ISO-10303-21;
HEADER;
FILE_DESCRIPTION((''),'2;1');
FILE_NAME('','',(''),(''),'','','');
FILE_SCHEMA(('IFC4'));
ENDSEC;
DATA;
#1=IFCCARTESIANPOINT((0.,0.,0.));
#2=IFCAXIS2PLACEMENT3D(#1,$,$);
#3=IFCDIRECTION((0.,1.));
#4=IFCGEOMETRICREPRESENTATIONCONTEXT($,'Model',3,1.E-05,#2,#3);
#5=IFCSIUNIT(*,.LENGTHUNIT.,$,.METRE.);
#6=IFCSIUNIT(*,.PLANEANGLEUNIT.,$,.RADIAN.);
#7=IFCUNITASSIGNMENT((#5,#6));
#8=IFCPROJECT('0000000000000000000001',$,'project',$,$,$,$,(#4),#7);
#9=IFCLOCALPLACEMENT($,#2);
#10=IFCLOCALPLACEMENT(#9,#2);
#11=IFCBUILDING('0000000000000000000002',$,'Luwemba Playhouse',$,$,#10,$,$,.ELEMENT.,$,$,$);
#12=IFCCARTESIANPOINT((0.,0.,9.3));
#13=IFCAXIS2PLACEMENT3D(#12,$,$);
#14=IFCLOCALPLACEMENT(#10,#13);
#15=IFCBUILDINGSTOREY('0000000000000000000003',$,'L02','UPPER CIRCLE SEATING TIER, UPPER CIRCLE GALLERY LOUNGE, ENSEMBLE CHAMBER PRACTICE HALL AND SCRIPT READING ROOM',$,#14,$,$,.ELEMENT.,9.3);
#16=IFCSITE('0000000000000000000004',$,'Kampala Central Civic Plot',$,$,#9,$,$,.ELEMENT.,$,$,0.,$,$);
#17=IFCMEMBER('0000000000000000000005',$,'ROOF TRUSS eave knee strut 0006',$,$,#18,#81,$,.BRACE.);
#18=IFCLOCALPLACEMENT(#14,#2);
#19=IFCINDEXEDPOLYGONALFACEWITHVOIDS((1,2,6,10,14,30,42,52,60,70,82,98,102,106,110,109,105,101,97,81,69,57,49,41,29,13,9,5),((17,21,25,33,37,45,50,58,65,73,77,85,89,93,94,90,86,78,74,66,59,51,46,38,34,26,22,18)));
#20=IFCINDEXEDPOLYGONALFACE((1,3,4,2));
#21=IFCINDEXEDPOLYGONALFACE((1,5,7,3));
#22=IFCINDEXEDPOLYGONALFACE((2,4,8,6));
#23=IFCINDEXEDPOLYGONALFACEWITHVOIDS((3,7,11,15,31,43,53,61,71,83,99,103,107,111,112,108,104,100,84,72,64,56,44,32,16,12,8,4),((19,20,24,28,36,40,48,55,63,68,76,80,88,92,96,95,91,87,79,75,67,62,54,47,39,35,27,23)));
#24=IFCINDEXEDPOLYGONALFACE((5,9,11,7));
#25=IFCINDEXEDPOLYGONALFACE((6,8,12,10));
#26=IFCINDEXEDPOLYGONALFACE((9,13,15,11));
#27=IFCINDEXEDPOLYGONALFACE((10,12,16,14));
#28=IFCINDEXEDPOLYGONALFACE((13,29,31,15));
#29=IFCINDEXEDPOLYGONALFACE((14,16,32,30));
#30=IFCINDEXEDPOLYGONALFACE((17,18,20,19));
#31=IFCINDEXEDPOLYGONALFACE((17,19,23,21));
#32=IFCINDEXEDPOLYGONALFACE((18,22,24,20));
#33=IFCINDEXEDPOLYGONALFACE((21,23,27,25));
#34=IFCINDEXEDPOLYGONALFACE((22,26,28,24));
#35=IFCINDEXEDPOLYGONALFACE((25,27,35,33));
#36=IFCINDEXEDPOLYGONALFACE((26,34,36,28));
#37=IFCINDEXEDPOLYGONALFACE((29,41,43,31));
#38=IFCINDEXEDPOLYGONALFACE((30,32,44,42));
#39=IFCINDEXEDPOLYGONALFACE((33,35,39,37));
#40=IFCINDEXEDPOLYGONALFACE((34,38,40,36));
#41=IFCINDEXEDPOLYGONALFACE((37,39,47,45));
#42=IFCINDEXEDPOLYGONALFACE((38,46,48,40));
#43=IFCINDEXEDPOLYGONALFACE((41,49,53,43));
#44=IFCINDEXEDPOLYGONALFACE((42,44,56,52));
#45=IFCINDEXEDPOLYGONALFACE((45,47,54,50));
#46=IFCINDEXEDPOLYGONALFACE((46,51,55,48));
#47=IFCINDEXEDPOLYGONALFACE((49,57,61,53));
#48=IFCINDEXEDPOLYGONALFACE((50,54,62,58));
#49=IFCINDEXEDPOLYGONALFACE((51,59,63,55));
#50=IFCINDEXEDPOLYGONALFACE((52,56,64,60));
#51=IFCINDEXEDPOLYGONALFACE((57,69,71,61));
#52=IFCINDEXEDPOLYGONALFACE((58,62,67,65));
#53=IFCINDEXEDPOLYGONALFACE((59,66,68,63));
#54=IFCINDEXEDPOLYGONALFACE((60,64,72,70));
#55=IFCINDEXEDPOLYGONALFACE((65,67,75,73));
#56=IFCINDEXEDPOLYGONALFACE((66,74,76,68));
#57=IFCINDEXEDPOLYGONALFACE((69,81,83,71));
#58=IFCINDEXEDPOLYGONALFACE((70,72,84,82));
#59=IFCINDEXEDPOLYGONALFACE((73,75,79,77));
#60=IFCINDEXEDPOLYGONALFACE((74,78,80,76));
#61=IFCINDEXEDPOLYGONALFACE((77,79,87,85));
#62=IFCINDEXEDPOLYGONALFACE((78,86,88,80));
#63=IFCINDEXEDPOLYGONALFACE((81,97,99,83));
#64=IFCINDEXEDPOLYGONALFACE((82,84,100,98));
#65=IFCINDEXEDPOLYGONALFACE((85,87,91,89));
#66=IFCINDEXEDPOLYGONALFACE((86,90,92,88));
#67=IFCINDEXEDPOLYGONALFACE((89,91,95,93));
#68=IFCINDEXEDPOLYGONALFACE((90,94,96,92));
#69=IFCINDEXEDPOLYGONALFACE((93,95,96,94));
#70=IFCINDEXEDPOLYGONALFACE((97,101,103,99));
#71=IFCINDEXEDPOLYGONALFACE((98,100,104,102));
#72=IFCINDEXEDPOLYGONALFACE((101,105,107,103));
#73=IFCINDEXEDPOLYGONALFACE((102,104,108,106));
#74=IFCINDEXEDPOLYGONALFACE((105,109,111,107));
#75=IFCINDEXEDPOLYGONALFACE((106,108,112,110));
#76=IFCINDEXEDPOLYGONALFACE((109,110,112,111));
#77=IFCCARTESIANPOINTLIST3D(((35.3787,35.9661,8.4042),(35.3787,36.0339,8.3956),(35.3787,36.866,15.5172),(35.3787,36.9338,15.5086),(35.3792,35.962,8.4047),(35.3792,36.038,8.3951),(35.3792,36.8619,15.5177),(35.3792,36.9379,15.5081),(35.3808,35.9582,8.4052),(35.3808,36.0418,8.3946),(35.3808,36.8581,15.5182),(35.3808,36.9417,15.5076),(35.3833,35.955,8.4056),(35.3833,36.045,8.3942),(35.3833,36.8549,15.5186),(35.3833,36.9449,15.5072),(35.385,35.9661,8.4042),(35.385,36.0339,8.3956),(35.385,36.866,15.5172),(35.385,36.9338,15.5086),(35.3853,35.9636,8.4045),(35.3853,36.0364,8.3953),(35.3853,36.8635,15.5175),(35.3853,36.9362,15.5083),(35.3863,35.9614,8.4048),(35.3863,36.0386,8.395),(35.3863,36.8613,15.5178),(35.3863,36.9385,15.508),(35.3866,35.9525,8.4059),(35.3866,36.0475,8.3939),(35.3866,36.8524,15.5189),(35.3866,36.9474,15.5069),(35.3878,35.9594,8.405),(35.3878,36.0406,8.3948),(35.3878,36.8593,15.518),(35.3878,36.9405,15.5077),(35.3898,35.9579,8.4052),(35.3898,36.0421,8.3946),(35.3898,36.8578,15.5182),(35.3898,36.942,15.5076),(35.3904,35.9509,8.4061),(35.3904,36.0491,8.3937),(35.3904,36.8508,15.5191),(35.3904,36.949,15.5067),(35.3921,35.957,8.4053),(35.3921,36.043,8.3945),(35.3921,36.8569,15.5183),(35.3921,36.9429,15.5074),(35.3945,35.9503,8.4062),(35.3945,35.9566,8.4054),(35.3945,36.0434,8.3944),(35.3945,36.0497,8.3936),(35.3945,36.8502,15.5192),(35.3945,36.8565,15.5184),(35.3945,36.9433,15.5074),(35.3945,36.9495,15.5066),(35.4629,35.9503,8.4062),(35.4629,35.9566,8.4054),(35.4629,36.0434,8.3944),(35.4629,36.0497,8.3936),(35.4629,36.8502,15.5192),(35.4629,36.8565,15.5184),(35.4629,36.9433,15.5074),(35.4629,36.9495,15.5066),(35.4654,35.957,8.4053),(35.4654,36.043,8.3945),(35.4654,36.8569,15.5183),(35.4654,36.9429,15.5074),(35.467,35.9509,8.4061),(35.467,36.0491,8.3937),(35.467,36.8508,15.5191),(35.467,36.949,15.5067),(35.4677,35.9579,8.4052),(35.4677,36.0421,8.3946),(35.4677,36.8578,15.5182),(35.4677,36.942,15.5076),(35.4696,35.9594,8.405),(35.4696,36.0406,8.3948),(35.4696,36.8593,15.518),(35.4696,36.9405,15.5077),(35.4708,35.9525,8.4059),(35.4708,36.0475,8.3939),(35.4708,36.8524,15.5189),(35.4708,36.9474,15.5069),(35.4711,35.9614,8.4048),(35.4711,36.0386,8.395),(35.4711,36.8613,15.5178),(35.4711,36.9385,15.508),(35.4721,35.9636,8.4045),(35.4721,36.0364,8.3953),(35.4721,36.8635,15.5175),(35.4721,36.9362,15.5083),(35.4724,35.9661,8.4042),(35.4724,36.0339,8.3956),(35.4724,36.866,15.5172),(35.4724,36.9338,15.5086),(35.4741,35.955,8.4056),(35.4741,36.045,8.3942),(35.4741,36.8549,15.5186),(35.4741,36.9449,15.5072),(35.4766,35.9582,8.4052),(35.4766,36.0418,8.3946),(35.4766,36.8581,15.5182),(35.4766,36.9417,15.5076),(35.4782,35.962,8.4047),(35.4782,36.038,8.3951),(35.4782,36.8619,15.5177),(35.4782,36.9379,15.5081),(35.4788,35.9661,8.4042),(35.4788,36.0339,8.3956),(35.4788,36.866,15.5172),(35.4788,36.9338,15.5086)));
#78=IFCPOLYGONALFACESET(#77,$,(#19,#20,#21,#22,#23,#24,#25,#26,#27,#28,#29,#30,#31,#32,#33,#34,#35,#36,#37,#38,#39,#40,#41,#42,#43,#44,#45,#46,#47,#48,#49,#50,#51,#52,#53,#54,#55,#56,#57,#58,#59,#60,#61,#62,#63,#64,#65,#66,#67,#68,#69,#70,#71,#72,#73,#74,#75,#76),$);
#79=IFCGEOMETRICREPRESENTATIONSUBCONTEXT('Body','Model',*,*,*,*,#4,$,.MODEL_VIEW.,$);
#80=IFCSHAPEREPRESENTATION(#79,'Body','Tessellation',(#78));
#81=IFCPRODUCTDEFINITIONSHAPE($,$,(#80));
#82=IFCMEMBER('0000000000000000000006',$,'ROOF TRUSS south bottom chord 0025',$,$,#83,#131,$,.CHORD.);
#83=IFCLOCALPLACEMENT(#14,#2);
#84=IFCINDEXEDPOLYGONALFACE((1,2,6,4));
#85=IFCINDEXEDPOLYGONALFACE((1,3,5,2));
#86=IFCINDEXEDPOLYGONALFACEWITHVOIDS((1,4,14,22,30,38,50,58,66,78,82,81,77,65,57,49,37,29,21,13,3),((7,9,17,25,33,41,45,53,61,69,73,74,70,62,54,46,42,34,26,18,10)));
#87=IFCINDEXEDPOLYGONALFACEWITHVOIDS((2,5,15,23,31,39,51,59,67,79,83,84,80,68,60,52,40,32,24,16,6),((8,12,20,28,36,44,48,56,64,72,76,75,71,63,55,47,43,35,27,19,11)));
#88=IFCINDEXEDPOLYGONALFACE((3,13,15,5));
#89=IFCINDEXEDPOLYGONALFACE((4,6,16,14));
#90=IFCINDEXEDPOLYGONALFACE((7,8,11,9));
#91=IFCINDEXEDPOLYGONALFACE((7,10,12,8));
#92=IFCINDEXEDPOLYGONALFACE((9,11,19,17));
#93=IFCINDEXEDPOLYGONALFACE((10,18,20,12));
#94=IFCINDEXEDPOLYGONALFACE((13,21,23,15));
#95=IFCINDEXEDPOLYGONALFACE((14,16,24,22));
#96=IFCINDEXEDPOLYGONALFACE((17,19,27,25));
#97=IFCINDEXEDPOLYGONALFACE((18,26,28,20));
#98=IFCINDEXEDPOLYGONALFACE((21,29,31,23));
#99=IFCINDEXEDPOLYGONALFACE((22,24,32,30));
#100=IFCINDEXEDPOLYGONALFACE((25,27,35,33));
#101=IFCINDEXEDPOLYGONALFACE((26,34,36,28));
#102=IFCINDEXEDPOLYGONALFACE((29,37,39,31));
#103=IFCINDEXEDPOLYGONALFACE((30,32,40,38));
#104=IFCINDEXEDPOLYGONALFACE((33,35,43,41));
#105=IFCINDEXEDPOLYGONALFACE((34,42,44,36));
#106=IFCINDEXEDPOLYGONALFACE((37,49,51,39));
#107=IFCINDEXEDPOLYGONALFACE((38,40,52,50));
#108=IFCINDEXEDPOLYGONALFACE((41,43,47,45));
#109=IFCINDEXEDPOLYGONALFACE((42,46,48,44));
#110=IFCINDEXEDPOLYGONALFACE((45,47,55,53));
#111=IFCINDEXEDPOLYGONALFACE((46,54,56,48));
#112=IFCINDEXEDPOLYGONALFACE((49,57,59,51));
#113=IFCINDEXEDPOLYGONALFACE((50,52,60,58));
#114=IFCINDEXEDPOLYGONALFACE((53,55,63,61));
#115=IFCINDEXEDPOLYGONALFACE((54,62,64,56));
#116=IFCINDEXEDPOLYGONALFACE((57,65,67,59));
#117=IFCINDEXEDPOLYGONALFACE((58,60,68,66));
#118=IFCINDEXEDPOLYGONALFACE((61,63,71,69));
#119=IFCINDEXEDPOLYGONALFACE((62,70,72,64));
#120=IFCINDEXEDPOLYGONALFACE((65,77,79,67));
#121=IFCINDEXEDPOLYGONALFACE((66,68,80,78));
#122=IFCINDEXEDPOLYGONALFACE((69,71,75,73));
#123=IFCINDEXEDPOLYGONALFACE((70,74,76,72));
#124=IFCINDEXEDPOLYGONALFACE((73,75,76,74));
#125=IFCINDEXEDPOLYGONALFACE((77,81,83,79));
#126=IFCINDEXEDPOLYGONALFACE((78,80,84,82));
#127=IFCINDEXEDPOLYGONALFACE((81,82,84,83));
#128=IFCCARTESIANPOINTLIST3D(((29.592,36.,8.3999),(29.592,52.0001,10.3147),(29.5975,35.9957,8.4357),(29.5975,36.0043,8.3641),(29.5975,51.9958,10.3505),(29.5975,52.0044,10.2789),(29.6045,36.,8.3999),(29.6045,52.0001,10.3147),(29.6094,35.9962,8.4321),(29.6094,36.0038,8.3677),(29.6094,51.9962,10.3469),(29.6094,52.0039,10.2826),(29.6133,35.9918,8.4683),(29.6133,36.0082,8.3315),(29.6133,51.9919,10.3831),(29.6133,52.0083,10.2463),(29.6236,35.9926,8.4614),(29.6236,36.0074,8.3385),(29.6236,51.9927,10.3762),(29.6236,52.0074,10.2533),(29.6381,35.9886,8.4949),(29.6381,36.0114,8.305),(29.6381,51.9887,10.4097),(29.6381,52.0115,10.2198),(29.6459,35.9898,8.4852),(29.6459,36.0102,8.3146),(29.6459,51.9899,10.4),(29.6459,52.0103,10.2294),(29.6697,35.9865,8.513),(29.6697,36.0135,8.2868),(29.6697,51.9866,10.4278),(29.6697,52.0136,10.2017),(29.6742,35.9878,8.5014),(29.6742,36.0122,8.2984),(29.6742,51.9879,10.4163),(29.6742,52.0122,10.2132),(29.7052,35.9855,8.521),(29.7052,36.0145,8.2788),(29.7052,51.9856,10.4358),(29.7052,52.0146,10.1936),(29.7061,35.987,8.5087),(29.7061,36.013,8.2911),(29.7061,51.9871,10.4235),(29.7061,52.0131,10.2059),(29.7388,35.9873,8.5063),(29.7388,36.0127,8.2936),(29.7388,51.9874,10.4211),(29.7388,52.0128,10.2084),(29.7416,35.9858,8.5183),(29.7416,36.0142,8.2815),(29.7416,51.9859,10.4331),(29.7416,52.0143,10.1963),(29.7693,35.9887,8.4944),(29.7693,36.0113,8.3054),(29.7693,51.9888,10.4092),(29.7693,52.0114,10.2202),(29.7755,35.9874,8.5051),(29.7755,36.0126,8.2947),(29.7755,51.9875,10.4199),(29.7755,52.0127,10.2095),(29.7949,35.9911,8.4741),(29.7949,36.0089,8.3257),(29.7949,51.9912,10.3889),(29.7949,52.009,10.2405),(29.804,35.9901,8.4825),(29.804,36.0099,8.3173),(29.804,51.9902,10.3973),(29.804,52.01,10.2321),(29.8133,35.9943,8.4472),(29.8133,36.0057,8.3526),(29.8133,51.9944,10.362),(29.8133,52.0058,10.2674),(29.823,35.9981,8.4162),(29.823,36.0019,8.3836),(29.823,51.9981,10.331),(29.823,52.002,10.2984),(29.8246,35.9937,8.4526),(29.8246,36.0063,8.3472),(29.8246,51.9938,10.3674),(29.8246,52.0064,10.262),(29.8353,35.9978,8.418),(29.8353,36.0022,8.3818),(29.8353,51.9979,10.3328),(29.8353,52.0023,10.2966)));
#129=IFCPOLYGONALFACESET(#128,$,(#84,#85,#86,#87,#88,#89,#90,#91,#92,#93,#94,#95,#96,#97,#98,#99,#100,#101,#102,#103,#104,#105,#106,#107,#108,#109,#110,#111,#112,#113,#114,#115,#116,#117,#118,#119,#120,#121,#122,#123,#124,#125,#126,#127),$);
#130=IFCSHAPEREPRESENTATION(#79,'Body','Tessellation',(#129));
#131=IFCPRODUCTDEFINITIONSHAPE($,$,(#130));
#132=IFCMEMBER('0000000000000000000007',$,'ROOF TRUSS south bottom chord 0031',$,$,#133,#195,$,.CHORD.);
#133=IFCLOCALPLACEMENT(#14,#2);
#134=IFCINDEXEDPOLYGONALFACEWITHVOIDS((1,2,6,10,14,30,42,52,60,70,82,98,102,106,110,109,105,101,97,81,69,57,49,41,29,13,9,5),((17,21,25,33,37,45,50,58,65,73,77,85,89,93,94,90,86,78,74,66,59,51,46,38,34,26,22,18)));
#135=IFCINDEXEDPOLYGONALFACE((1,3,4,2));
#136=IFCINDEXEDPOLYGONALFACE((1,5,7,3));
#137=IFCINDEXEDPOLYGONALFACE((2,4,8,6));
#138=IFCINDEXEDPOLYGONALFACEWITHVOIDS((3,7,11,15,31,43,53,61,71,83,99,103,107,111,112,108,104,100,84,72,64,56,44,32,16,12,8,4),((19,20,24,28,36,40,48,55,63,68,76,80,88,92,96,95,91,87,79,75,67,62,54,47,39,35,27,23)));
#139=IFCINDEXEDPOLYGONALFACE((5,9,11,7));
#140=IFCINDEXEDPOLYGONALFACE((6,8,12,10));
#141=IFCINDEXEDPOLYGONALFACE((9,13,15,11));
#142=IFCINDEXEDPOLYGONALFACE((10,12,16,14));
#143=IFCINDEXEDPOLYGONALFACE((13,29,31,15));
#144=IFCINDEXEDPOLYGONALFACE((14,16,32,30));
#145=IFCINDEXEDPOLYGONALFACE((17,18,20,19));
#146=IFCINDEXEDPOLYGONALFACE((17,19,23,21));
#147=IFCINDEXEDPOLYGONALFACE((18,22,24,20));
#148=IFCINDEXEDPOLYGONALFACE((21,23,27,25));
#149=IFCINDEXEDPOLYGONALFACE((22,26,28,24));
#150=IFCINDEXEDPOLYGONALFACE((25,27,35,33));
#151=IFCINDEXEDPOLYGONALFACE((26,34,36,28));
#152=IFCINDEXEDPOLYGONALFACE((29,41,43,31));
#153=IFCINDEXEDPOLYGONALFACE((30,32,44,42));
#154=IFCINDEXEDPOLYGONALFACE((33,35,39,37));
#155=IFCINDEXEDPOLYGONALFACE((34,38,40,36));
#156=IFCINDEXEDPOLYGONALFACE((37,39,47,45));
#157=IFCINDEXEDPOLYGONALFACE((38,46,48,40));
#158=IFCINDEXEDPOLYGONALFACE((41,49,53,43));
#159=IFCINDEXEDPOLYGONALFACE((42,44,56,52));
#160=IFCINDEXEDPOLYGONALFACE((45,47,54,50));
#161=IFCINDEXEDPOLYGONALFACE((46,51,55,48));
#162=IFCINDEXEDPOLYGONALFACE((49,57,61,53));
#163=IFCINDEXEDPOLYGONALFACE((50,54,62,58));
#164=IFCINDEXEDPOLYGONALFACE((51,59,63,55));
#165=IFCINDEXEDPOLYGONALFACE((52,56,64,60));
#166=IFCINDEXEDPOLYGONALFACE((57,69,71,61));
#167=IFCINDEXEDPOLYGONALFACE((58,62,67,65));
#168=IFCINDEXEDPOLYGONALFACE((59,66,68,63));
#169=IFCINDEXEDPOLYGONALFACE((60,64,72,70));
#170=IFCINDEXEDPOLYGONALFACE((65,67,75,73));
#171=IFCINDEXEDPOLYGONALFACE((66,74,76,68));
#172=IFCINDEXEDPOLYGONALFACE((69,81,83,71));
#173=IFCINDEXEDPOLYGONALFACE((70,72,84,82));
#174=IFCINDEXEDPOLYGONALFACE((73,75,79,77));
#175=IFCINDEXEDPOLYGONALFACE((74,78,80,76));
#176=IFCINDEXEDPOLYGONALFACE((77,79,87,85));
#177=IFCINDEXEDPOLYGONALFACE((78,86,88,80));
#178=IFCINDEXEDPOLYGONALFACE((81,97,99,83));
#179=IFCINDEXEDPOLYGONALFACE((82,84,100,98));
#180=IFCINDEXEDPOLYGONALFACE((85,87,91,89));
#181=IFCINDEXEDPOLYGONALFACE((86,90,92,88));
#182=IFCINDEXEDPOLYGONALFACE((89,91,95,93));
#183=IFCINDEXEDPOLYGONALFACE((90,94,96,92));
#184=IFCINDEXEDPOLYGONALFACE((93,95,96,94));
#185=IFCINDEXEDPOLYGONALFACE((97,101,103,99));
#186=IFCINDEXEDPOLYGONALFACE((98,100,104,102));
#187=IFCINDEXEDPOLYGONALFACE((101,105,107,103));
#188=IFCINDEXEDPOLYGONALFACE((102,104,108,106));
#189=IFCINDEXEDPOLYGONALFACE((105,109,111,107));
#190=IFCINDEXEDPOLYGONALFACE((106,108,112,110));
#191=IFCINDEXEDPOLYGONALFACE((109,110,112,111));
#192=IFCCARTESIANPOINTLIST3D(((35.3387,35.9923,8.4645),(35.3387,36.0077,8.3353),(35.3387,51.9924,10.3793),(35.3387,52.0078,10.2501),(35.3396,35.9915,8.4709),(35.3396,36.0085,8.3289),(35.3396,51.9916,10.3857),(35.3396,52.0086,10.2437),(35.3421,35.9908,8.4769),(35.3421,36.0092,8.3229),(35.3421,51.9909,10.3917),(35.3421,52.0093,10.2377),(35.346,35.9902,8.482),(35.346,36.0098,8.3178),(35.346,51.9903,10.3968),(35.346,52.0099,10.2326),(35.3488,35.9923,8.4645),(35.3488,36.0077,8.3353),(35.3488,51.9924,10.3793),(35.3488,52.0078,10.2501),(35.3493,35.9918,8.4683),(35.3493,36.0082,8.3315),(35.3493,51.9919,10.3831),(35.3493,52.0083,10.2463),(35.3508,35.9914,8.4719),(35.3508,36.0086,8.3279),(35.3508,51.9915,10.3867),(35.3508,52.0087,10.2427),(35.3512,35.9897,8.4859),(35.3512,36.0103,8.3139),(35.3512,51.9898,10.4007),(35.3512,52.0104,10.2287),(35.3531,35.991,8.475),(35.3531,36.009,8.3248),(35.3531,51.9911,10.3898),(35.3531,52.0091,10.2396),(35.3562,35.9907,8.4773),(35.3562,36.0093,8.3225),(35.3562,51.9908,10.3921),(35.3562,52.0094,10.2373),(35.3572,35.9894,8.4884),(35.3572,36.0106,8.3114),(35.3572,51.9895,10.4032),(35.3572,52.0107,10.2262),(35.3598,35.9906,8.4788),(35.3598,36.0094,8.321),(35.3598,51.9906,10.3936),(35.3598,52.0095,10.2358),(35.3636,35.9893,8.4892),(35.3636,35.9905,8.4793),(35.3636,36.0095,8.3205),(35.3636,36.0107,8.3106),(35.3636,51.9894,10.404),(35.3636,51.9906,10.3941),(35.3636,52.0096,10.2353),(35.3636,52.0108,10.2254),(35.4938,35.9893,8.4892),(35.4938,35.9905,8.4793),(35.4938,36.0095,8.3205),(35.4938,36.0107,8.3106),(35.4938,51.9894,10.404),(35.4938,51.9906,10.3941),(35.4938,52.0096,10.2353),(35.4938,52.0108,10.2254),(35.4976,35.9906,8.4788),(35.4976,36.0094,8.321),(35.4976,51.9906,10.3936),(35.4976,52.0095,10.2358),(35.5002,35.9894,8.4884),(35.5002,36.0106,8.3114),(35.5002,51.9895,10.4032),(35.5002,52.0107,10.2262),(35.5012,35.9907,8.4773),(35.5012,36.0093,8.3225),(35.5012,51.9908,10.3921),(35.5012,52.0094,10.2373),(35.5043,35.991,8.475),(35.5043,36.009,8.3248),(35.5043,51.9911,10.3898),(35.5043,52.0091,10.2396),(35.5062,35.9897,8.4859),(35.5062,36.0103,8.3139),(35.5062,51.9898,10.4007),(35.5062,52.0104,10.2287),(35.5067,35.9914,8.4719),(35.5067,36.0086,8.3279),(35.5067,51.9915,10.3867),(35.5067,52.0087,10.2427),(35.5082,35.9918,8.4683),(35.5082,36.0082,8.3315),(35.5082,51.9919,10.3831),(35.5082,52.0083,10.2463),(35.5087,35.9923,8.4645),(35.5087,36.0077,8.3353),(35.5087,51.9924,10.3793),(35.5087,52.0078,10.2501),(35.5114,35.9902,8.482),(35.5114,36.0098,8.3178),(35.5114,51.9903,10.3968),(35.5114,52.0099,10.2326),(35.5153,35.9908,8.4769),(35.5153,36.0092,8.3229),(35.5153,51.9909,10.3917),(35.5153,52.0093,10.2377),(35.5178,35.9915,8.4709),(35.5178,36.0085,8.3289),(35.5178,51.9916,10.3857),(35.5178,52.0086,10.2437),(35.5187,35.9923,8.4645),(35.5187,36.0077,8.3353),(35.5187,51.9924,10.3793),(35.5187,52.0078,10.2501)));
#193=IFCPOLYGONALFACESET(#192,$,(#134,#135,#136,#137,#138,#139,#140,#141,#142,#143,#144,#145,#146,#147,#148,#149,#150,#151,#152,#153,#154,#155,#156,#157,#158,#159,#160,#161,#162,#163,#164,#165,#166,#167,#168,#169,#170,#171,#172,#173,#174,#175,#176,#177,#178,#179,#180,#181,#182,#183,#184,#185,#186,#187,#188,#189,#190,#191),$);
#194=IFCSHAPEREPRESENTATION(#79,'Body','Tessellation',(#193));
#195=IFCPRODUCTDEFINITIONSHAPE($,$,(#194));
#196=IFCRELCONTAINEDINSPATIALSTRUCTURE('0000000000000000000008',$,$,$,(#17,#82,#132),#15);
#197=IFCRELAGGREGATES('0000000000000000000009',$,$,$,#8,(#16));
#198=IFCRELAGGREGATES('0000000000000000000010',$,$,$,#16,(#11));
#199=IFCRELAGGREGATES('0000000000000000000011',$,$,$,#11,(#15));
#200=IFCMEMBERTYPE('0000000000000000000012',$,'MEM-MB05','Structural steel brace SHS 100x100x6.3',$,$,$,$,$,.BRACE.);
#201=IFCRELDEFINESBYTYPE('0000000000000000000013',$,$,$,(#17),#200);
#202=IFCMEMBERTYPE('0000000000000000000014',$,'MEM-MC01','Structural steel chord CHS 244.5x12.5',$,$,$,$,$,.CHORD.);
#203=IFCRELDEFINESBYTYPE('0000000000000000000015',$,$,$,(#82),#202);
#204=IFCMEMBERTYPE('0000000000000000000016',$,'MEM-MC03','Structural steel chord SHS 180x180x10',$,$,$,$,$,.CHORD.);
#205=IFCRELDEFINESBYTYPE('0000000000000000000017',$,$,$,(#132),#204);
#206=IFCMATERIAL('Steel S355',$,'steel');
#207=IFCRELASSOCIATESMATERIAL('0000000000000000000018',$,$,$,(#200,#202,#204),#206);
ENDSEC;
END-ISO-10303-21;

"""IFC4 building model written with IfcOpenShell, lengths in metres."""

from ifc_helpers import new_model, si_unit, direction, frame, origin, origin_2d, place, context, subcontext, project, spatial, hollow_rectangle, hollow_circle, extrude, material, material_profile, profile_set, type_object, element, save


model = new_model("IFC4")

# Units and contexts
model_context = context("Model", 3, precision=1e-05, world=origin(), true_north=direction((0.0, 1.0)))
body_context = subcontext(model_context, "Body", "Model", "MODEL_VIEW")
ifc_project = project(units=[si_unit("LENGTHUNIT", "METRE"), si_unit("PLANEANGLEUNIT", "RADIAN")], contexts=[model_context])

# Site, building, storey
site_placement = place(None, origin())
site = spatial("IfcSite", under=ifc_project, at=site_placement, Name="Kampala Central Civic Plot", CompositionType="ELEMENT", RefElevation=0.0)
building_placement = place(site_placement, origin())
building = spatial("IfcBuilding", under=site, at=building_placement, Name="Luwemba Playhouse", CompositionType="ELEMENT")
storey_placement = place(building_placement, frame((0.0, 0.0, 9.3)))
storey = spatial("IfcBuildingStorey", under=building, at=storey_placement, Name="L02", Description="UPPER CIRCLE SEATING TIER, UPPER CIRCLE GALLERY LOUNGE, ENSEMBLE CHAMBER PRACTICE HALL AND SCRIPT READING ROOM", CompositionType="ELEMENT", Elevation=9.3)

# Shared definitions
ifc_material_1 = material(Name="Steel S355", Category="steel")

# Members
ifc_material_profile_1 = material_profile(ifc_material_1, hollow_rectangle(XDim=0.1001, YDim=0.1001, WallThickness=0.0063, InnerFilletRadius=0.0095, OuterFilletRadius=0.0159, at=origin_2d()))
ifc_profile_set_1 = profile_set([ifc_material_profile_1], Name="Steel S355")
member_type_1 = type_object("IfcMemberType", Name="MEM-MB05", Description="Structural steel brace SHS 100x100x6.3", PredefinedType="BRACE", material=ifc_profile_set_1)
member_1_placement = place(storey_placement, frame((35.4287, 36.0, 8.3999), z_axis=(0.0, 0.125514, 0.992092), x_axis=(-1.0, 0.0, 0.0)))
element("IfcMember", 1, at=member_1_placement, inside=storey, type_object=member_type_1, Name="ROOF TRUSS eave knee strut 0006", PredefinedType="BRACE", context=body_context, shape_type="SweptSolid", body=[
    extrude(hollow_rectangle(XDim=0.1001, YDim=0.1001, WallThickness=0.0063, InnerFilletRadius=0.0095, OuterFilletRadius=0.0159, at=origin_2d()), origin(), (0.0, 0.0, 1.0), 7.1697),
])
ifc_material_profile_2 = material_profile(ifc_material_1, hollow_circle(Radius=0.1223, WallThickness=0.0125, at=origin_2d()))
ifc_profile_set_2 = profile_set([ifc_material_profile_2], Name="Steel S355")
member_type_2 = type_object("IfcMemberType", Name="MEM-MC01", Description="Structural steel chord CHS 244.5x12.5", PredefinedType="CHORD", material=ifc_profile_set_2)
member_2_placement = place(storey_placement, frame((29.7144, 36.0, 8.3999), z_axis=(0.0, 0.992915, 0.118827), x_axis=(-1.0, 0.0, 0.0)))
element("IfcMember", 2, at=member_2_placement, inside=storey, type_object=member_type_2, Name="ROOF TRUSS south bottom chord 0025", PredefinedType="CHORD", context=body_context, shape_type="SweptSolid", body=[
    extrude(hollow_circle(Radius=0.1223, WallThickness=0.0125, at=origin_2d()), origin(), (0.0, 0.0, 1.0), 16.1143),
])
ifc_material_profile_3 = material_profile(ifc_material_1, hollow_rectangle(XDim=0.1799, YDim=0.1799, WallThickness=0.01, InnerFilletRadius=0.0149, OuterFilletRadius=0.0249, at=origin_2d()))
ifc_profile_set_3 = profile_set([ifc_material_profile_3], Name="Steel S355")
member_type_3 = type_object("IfcMemberType", Name="MEM-MC03", Description="Structural steel chord SHS 180x180x10", PredefinedType="CHORD", material=ifc_profile_set_3)
member_3_placement = place(storey_placement, frame((35.4287, 36.0, 8.3999), z_axis=(0.0, 0.992915, 0.118827), x_axis=(-1.0, 0.0, 0.0)))
element("IfcMember", 3, at=member_3_placement, inside=storey, type_object=member_type_3, Name="ROOF TRUSS south bottom chord 0031", PredefinedType="CHORD", context=body_context, shape_type="SweptSolid", body=[
    extrude(hollow_rectangle(XDim=0.1799, YDim=0.1799, WallThickness=0.01, InnerFilletRadius=0.0149, OuterFilletRadius=0.0249, at=origin_2d()), origin(), (0.0, 0.0, 1.0), 16.1143),
])

save(model, "model.ifc")
